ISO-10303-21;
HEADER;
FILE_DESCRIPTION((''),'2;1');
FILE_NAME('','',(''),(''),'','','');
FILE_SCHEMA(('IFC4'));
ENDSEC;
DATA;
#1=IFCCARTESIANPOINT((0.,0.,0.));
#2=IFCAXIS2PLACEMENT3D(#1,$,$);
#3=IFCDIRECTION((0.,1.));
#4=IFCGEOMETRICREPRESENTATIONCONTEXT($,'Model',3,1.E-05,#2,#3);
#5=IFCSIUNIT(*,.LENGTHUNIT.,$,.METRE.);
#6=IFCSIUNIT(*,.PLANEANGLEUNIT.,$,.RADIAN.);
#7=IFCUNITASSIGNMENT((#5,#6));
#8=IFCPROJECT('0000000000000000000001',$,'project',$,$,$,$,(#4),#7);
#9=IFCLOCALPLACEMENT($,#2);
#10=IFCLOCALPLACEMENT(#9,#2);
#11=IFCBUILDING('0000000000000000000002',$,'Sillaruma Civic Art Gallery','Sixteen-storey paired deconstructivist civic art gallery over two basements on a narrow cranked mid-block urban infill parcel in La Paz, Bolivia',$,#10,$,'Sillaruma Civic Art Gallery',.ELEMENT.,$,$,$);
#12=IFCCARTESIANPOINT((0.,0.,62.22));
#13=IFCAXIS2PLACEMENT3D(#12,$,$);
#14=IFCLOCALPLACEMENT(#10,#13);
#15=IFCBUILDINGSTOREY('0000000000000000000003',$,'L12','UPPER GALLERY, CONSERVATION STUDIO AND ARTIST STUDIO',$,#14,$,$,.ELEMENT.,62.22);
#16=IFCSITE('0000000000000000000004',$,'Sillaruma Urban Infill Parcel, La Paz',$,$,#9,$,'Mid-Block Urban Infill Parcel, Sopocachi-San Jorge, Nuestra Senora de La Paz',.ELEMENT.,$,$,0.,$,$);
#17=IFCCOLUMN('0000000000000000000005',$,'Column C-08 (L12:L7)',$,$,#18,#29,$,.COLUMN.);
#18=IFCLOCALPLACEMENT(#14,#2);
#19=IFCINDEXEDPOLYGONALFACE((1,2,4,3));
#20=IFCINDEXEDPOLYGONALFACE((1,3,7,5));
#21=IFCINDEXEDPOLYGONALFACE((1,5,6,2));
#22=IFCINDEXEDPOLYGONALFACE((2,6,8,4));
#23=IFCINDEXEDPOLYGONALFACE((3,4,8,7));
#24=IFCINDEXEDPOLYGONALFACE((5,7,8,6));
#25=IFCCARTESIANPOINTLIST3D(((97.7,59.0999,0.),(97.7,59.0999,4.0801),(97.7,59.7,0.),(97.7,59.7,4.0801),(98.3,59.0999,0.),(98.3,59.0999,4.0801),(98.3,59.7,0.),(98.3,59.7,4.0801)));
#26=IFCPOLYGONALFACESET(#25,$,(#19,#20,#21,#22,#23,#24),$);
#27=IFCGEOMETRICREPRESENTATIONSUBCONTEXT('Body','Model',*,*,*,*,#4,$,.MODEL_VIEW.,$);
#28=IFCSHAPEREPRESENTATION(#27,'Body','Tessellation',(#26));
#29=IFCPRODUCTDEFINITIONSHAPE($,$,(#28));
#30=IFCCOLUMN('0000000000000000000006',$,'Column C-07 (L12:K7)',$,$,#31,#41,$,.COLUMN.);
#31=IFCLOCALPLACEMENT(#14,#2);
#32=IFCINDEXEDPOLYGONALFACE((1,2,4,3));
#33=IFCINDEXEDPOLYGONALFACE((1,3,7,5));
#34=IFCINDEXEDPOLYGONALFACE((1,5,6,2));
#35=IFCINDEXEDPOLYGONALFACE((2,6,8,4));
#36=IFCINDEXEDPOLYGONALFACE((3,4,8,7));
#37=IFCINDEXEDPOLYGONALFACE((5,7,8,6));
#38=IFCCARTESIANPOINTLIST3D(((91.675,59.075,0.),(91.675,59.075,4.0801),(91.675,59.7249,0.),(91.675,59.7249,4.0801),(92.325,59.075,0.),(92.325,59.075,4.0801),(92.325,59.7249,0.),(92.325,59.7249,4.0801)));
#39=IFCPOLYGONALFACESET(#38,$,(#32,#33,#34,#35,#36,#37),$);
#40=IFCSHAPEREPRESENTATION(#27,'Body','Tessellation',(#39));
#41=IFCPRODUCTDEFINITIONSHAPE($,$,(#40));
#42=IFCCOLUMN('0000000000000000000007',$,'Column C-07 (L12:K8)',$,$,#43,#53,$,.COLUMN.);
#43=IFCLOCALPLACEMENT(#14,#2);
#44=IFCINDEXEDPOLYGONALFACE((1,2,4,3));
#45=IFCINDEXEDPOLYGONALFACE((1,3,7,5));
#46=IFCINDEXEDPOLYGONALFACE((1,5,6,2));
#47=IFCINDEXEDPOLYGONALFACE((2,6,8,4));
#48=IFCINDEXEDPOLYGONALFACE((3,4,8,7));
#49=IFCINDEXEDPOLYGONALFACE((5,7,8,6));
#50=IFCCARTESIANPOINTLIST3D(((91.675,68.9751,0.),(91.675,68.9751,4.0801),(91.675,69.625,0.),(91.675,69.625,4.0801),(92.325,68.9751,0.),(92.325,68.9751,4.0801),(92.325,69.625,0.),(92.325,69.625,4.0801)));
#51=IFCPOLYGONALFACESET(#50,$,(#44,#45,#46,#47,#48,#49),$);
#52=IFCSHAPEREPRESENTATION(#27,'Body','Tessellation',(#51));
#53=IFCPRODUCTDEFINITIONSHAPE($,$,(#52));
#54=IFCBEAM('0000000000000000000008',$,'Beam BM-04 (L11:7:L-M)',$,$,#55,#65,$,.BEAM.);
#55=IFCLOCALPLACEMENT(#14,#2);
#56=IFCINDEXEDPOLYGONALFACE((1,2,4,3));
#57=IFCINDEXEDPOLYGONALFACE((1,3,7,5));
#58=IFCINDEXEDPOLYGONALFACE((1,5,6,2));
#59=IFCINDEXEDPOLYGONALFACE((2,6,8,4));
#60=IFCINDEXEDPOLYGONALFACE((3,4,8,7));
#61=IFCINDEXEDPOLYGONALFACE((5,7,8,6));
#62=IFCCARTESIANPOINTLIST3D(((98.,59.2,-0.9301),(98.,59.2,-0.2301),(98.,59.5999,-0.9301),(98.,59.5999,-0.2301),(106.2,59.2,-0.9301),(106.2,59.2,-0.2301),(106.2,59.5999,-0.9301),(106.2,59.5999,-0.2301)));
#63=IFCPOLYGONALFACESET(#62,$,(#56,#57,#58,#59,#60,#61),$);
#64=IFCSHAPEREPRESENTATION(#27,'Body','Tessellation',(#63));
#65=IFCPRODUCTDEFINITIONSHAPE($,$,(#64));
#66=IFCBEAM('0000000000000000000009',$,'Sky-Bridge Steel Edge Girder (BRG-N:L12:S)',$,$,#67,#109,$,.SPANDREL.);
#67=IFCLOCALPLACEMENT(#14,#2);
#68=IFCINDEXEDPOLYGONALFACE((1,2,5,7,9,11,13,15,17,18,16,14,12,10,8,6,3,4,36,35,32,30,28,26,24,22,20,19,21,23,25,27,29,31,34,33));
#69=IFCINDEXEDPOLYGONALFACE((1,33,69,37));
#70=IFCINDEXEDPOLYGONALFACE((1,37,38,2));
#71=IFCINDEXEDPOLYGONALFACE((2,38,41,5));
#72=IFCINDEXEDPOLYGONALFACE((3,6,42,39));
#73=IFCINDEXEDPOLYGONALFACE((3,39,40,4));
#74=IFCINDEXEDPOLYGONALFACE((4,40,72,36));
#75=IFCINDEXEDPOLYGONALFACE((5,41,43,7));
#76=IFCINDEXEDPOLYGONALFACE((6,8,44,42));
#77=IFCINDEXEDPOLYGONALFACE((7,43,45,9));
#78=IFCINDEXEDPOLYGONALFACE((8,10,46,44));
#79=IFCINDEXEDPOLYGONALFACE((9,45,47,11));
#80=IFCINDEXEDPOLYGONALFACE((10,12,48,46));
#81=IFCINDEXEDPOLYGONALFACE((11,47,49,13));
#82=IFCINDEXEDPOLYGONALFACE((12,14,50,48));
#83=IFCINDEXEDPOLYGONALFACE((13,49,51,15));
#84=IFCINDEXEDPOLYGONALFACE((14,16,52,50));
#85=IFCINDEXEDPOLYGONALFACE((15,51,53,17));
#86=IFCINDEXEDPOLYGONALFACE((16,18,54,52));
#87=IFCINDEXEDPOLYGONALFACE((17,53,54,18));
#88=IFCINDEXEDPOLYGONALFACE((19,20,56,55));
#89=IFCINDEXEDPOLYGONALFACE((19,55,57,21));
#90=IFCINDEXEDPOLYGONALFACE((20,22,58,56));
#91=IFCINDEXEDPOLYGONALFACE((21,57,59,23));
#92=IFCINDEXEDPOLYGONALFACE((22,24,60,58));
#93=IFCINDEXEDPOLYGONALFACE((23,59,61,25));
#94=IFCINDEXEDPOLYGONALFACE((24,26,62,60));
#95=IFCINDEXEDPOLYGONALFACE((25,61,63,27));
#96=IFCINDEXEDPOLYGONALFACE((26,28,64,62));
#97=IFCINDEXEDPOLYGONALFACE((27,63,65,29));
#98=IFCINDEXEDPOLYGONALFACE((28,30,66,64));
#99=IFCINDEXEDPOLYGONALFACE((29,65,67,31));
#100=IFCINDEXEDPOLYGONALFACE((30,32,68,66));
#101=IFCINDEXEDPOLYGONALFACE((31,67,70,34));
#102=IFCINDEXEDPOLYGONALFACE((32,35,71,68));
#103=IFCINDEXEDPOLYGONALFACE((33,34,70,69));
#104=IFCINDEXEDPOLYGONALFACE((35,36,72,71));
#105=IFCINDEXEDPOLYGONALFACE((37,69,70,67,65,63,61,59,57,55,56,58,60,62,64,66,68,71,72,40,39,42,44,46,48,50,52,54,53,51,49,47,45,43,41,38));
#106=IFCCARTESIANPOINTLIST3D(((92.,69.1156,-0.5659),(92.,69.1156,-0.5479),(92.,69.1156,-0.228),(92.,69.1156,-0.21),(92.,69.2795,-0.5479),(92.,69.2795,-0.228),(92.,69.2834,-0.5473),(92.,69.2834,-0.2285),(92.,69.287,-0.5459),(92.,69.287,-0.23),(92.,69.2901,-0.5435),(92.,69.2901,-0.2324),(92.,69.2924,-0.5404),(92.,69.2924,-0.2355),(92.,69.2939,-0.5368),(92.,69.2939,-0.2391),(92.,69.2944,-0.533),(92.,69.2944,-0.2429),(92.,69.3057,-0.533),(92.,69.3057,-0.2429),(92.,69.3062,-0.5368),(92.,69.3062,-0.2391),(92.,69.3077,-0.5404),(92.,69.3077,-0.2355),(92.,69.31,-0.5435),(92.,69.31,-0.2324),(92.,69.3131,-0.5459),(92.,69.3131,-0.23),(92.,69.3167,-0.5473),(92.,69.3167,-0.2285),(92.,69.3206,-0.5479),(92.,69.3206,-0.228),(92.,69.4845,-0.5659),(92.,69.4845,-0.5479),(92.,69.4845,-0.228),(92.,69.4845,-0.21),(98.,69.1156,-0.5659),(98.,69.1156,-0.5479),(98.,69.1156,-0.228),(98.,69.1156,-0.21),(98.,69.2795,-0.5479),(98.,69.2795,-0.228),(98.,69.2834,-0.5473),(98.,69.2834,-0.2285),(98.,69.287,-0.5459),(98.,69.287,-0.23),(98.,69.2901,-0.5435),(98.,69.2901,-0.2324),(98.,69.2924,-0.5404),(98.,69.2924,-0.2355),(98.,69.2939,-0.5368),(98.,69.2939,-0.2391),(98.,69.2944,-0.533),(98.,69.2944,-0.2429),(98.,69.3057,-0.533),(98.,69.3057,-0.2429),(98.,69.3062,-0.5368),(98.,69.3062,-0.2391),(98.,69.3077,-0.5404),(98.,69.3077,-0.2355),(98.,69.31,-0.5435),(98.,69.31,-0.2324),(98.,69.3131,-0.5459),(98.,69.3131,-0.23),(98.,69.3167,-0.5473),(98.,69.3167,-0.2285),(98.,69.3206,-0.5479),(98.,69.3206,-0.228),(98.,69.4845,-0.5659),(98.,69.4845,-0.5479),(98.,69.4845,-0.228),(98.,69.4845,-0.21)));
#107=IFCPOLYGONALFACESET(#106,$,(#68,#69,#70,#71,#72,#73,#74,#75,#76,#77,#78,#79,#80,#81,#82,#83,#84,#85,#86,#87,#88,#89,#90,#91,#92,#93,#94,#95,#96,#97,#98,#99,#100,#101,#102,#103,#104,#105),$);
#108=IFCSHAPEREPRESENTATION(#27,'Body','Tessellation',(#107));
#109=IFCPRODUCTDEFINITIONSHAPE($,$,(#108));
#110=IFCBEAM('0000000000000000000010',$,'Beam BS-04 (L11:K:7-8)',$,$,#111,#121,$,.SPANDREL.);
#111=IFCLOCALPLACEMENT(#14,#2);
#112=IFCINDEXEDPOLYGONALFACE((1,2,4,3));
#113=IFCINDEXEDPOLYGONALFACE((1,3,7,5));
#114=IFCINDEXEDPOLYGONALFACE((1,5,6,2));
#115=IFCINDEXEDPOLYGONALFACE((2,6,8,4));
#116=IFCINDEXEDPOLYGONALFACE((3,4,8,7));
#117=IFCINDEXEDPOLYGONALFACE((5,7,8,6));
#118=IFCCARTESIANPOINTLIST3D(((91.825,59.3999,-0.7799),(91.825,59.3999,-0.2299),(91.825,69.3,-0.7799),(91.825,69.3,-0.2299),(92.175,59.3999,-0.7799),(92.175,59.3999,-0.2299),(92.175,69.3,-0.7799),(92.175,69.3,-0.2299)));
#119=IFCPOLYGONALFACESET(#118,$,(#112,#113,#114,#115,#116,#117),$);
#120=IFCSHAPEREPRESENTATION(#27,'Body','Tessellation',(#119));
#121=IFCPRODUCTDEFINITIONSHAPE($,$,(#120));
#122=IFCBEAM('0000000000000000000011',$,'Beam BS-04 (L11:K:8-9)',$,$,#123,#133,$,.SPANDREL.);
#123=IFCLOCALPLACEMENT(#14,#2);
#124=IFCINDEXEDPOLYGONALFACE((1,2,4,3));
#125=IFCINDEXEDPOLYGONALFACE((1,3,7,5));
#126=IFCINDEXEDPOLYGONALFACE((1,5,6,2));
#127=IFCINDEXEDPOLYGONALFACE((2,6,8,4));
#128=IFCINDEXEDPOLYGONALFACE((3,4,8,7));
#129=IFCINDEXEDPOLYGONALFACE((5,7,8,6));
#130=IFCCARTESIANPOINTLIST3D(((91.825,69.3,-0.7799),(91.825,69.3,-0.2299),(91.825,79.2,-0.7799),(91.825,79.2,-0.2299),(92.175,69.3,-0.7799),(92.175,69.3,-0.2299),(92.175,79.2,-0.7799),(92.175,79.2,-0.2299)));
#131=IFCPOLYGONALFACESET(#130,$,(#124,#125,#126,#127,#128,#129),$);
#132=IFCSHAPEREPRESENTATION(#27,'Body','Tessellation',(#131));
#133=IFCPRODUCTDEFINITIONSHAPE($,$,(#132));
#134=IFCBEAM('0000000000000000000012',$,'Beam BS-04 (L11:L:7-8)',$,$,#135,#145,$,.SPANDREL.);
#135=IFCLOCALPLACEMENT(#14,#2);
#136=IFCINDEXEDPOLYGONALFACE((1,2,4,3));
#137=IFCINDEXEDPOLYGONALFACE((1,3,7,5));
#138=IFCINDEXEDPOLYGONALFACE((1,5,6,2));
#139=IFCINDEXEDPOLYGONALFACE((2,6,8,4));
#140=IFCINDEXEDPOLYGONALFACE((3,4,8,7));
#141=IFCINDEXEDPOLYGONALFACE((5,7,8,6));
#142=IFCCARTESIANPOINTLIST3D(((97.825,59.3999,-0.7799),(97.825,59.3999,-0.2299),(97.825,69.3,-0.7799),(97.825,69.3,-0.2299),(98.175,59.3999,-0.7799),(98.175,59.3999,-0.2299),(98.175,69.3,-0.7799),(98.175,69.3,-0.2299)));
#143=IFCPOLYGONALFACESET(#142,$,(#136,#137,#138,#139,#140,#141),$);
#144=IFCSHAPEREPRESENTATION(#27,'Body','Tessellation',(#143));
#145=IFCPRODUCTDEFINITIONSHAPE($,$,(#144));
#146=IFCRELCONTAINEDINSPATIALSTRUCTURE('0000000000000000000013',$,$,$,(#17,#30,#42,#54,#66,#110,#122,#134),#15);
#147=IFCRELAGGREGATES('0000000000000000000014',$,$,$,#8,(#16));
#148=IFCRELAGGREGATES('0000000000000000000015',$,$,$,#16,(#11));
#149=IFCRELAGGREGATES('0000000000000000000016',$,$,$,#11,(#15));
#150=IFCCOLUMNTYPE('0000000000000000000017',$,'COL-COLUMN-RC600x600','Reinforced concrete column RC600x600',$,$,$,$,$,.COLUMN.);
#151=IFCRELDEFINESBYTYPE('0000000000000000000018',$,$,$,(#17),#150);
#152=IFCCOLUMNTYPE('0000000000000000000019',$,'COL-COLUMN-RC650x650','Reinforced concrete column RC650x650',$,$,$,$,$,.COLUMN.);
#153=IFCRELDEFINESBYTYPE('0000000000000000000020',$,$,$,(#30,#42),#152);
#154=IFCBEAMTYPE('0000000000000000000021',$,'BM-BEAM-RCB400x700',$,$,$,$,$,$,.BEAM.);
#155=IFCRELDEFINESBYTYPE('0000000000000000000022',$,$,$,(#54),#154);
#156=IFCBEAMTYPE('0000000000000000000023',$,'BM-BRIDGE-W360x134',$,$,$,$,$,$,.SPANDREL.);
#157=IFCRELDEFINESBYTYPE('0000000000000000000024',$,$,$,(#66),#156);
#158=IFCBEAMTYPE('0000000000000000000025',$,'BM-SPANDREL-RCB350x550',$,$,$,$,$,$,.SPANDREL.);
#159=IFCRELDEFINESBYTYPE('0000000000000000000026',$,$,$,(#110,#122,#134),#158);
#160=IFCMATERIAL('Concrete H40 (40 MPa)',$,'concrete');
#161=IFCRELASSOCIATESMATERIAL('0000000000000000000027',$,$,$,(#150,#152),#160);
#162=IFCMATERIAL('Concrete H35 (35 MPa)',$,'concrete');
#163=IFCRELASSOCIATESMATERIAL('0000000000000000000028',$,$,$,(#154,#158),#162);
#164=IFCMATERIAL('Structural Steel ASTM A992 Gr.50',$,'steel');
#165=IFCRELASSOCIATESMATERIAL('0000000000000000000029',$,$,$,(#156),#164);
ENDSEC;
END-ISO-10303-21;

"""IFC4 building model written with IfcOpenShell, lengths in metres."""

from ifc_helpers import new_model, si_unit, direction, frame, origin, origin_2d, place, context, subcontext, project, spatial, rectangle, i_section, extrude, material, material_profile, profile_set, type_object, element, save


model = new_model("IFC4")

# Units and contexts
model_context = context("Model", 3, precision=1e-05, world=origin(), true_north=direction((0.0, 1.0)))
body_context = subcontext(model_context, "Body", "Model", "MODEL_VIEW")
ifc_project = project(units=[si_unit("LENGTHUNIT", "METRE"), si_unit("PLANEANGLEUNIT", "RADIAN")], contexts=[model_context])

# Site, building, storey
site_placement = place(None, origin())
site = spatial("IfcSite", under=ifc_project, at=site_placement, Name="Sillaruma Urban Infill Parcel, La Paz", LongName="Mid-Block Urban Infill Parcel, Sopocachi-San Jorge, Nuestra Senora de La Paz", CompositionType="ELEMENT", RefElevation=0.0)
building_placement = place(site_placement, origin())
building = spatial("IfcBuilding", under=site, at=building_placement, Name="Sillaruma Civic Art Gallery", Description="Sixteen-storey paired deconstructivist civic art gallery over two basements on a narrow cranked mid-block urban infill parcel in La Paz, Bolivia", LongName="Sillaruma Civic Art Gallery", CompositionType="ELEMENT")
storey_placement = place(building_placement, frame((0.0, 0.0, 62.22)))
storey = spatial("IfcBuildingStorey", under=building, at=storey_placement, Name="L12", Description="UPPER GALLERY, CONSERVATION STUDIO AND ARTIST STUDIO", CompositionType="ELEMENT", Elevation=62.22)

# Columns
ifc_material_1 = material(Name="Concrete H40 (40 MPa)", Category="concrete")
ifc_material_profile_1 = material_profile(ifc_material_1, rectangle(XDim=0.6001, YDim=0.6001, at=origin_2d()), Name="RC600x600")
ifc_profile_set_1 = profile_set([ifc_material_profile_1], Name="Concrete H40 (40 MPa)")
column_type_1 = type_object("IfcColumnType", Name="COL-COLUMN-RC600x600", Description="Reinforced concrete column RC600x600", PredefinedType="COLUMN", material=ifc_profile_set_1)
column_placement = place(storey_placement, frame((98.0, 59.3999, 0.0), z_axis=(0.0, 0.0, 1.0), x_axis=(1.0, 0.0, 0.0)))
element("IfcColumn", 1, at=column_placement, inside=storey, type_object=column_type_1, Name="Column C-08 (L12:L7)", PredefinedType="COLUMN", context=body_context, shape_type="SweptSolid", body=[
    extrude(rectangle(XDim=0.6001, YDim=0.6001, at=origin_2d()), origin(), (0.0, 0.0, 1.0), 4.0801),
])
ifc_material_profile_2 = material_profile(ifc_material_1, rectangle(XDim=0.6499, YDim=0.6499, at=origin_2d()), Name="RC650x650")
ifc_profile_set_2 = profile_set([ifc_material_profile_2], Name="Concrete H40 (40 MPa)")
column_type_2 = type_object("IfcColumnType", Name="COL-COLUMN-RC650x650", Description="Reinforced concrete column RC650x650", PredefinedType="COLUMN", material=ifc_profile_set_2)
for number, where, z_axis, x_axis, name in (
    (2, (92.0, 59.3999, 0.0), (0.0, 0.0, 1.0), (1.0, 0.0, 0.0), "Column C-07 (L12:K7)"),
    (3, (92.0, 69.3, 0.0), (0.0, 0.0, 1.0), (1.0, 0.0, 0.0), "Column C-07 (L12:K8)"),
):
    element("IfcColumn", number, at=place(storey_placement, frame(where, z_axis=z_axis, x_axis=x_axis)), inside=storey, type_object=column_type_2, Name=name, PredefinedType="COLUMN", context=body_context, shape_type="SweptSolid", body=[
        extrude(rectangle(XDim=0.6499, YDim=0.6499, at=origin_2d()), origin(), (0.0, 0.0, 1.0), 4.0801),
    ])

# Beams
ifc_material_2 = material(Name="Concrete H35 (35 MPa)", Category="concrete")
ifc_material_profile_3 = material_profile(ifc_material_2, rectangle(XDim=0.3999, YDim=0.7, at=origin_2d()), Name="RCB400x700")
ifc_profile_set_3 = profile_set([ifc_material_profile_3], Name="Concrete H35 (35 MPa)")
beam_type_1 = type_object("IfcBeamType", Name="BM-BEAM-RCB400x700", PredefinedType="BEAM", material=ifc_profile_set_3)
beam_1_placement = place(storey_placement, frame((98.0, 59.3999, -0.5801), z_axis=(1.0, 0.0, 0.0), x_axis=(0.0, 1.0, 0.0)))
element("IfcBeam", 4, at=beam_1_placement, inside=storey, type_object=beam_type_1, Name="Beam BM-04 (L11:7:L-M)", PredefinedType="BEAM", context=body_context, shape_type="SweptSolid", body=[
    extrude(rectangle(XDim=0.3999, YDim=0.7, at=origin_2d()), origin(), (0.0, 0.0, 1.0), 8.2),
])
ifc_material_3 = material(Name="Structural Steel ASTM A992 Gr.50", Category="steel")
ifc_material_profile_4 = material_profile(ifc_material_3, i_section(OverallWidth=0.3689, OverallDepth=0.356, WebThickness=0.0112, FlangeThickness=0.0181, FilletRadius=0.0149, at=origin_2d()), Name="W360x134")
ifc_profile_set_4 = profile_set([ifc_material_profile_4], Name="Structural Steel ASTM A992 Gr.50")
beam_type_2 = type_object("IfcBeamType", Name="BM-BRIDGE-W360x134", PredefinedType="SPANDREL", material=ifc_profile_set_4)
beam_2_placement = place(storey_placement, frame((92.0, 69.3, -0.3879), z_axis=(1.0, 0.0, 0.0), x_axis=(0.0, 1.0, 0.0)))
element("IfcBeam", 5, at=beam_2_placement, inside=storey, type_object=beam_type_2, Name="Sky-Bridge Steel Edge Girder (BRG-N:L12:S)", PredefinedType="SPANDREL", context=body_context, shape_type="SweptSolid", body=[
    extrude(i_section(OverallWidth=0.3689, OverallDepth=0.356, WebThickness=0.0112, FlangeThickness=0.0181, FilletRadius=0.0149, at=origin_2d()), origin(), (0.0, 0.0, 1.0), 6.0),
])
ifc_material_profile_5 = material_profile(ifc_material_2, rectangle(XDim=0.3501, YDim=0.55, at=origin_2d()), Name="RCB350x550")
ifc_profile_set_5 = profile_set([ifc_material_profile_5], Name="Concrete H35 (35 MPa)")
beam_type_3 = type_object("IfcBeamType", Name="BM-SPANDREL-RCB350x550", PredefinedType="SPANDREL", material=ifc_profile_set_5)
beam_3_placement = place(storey_placement, frame((92.0, 59.3999, -0.5049), z_axis=(0.0, 1.0, 0.0), x_axis=(-1.0, 0.0, 0.0)))
element("IfcBeam", 6, at=beam_3_placement, inside=storey, type_object=beam_type_3, Name="Beam BS-04 (L11:K:7-8)", PredefinedType="SPANDREL", context=body_context, shape_type="SweptSolid", body=[
    extrude(rectangle(XDim=0.3501, YDim=0.55, at=origin_2d()), origin(), (0.0, 0.0, 1.0), 9.9001),
])
beam_4_placement = place(storey_placement, frame((92.0, 69.3, -0.5049), z_axis=(0.0, 1.0, 0.0), x_axis=(-1.0, 0.0, 0.0)))
element("IfcBeam", 7, at=beam_4_placement, inside=storey, type_object=beam_type_3, Name="Beam BS-04 (L11:K:8-9)", PredefinedType="SPANDREL", context=body_context, shape_type="SweptSolid", body=[
    extrude(rectangle(XDim=0.3501, YDim=0.55, at=origin_2d()), origin(), (0.0, 0.0, 1.0), 9.8999),
])
beam_5_placement = place(storey_placement, frame((98.0, 59.3999, -0.5049), z_axis=(0.0, 1.0, 0.0), x_axis=(-1.0, 0.0, 0.0)))
element("IfcBeam", 8, at=beam_5_placement, inside=storey, type_object=beam_type_3, Name="Beam BS-04 (L11:L:7-8)", PredefinedType="SPANDREL", context=body_context, shape_type="SweptSolid", body=[
    extrude(rectangle(XDim=0.3501, YDim=0.55, at=origin_2d()), origin(), (0.0, 0.0, 1.0), 9.9001),
])

save(model, "model.ifc")
